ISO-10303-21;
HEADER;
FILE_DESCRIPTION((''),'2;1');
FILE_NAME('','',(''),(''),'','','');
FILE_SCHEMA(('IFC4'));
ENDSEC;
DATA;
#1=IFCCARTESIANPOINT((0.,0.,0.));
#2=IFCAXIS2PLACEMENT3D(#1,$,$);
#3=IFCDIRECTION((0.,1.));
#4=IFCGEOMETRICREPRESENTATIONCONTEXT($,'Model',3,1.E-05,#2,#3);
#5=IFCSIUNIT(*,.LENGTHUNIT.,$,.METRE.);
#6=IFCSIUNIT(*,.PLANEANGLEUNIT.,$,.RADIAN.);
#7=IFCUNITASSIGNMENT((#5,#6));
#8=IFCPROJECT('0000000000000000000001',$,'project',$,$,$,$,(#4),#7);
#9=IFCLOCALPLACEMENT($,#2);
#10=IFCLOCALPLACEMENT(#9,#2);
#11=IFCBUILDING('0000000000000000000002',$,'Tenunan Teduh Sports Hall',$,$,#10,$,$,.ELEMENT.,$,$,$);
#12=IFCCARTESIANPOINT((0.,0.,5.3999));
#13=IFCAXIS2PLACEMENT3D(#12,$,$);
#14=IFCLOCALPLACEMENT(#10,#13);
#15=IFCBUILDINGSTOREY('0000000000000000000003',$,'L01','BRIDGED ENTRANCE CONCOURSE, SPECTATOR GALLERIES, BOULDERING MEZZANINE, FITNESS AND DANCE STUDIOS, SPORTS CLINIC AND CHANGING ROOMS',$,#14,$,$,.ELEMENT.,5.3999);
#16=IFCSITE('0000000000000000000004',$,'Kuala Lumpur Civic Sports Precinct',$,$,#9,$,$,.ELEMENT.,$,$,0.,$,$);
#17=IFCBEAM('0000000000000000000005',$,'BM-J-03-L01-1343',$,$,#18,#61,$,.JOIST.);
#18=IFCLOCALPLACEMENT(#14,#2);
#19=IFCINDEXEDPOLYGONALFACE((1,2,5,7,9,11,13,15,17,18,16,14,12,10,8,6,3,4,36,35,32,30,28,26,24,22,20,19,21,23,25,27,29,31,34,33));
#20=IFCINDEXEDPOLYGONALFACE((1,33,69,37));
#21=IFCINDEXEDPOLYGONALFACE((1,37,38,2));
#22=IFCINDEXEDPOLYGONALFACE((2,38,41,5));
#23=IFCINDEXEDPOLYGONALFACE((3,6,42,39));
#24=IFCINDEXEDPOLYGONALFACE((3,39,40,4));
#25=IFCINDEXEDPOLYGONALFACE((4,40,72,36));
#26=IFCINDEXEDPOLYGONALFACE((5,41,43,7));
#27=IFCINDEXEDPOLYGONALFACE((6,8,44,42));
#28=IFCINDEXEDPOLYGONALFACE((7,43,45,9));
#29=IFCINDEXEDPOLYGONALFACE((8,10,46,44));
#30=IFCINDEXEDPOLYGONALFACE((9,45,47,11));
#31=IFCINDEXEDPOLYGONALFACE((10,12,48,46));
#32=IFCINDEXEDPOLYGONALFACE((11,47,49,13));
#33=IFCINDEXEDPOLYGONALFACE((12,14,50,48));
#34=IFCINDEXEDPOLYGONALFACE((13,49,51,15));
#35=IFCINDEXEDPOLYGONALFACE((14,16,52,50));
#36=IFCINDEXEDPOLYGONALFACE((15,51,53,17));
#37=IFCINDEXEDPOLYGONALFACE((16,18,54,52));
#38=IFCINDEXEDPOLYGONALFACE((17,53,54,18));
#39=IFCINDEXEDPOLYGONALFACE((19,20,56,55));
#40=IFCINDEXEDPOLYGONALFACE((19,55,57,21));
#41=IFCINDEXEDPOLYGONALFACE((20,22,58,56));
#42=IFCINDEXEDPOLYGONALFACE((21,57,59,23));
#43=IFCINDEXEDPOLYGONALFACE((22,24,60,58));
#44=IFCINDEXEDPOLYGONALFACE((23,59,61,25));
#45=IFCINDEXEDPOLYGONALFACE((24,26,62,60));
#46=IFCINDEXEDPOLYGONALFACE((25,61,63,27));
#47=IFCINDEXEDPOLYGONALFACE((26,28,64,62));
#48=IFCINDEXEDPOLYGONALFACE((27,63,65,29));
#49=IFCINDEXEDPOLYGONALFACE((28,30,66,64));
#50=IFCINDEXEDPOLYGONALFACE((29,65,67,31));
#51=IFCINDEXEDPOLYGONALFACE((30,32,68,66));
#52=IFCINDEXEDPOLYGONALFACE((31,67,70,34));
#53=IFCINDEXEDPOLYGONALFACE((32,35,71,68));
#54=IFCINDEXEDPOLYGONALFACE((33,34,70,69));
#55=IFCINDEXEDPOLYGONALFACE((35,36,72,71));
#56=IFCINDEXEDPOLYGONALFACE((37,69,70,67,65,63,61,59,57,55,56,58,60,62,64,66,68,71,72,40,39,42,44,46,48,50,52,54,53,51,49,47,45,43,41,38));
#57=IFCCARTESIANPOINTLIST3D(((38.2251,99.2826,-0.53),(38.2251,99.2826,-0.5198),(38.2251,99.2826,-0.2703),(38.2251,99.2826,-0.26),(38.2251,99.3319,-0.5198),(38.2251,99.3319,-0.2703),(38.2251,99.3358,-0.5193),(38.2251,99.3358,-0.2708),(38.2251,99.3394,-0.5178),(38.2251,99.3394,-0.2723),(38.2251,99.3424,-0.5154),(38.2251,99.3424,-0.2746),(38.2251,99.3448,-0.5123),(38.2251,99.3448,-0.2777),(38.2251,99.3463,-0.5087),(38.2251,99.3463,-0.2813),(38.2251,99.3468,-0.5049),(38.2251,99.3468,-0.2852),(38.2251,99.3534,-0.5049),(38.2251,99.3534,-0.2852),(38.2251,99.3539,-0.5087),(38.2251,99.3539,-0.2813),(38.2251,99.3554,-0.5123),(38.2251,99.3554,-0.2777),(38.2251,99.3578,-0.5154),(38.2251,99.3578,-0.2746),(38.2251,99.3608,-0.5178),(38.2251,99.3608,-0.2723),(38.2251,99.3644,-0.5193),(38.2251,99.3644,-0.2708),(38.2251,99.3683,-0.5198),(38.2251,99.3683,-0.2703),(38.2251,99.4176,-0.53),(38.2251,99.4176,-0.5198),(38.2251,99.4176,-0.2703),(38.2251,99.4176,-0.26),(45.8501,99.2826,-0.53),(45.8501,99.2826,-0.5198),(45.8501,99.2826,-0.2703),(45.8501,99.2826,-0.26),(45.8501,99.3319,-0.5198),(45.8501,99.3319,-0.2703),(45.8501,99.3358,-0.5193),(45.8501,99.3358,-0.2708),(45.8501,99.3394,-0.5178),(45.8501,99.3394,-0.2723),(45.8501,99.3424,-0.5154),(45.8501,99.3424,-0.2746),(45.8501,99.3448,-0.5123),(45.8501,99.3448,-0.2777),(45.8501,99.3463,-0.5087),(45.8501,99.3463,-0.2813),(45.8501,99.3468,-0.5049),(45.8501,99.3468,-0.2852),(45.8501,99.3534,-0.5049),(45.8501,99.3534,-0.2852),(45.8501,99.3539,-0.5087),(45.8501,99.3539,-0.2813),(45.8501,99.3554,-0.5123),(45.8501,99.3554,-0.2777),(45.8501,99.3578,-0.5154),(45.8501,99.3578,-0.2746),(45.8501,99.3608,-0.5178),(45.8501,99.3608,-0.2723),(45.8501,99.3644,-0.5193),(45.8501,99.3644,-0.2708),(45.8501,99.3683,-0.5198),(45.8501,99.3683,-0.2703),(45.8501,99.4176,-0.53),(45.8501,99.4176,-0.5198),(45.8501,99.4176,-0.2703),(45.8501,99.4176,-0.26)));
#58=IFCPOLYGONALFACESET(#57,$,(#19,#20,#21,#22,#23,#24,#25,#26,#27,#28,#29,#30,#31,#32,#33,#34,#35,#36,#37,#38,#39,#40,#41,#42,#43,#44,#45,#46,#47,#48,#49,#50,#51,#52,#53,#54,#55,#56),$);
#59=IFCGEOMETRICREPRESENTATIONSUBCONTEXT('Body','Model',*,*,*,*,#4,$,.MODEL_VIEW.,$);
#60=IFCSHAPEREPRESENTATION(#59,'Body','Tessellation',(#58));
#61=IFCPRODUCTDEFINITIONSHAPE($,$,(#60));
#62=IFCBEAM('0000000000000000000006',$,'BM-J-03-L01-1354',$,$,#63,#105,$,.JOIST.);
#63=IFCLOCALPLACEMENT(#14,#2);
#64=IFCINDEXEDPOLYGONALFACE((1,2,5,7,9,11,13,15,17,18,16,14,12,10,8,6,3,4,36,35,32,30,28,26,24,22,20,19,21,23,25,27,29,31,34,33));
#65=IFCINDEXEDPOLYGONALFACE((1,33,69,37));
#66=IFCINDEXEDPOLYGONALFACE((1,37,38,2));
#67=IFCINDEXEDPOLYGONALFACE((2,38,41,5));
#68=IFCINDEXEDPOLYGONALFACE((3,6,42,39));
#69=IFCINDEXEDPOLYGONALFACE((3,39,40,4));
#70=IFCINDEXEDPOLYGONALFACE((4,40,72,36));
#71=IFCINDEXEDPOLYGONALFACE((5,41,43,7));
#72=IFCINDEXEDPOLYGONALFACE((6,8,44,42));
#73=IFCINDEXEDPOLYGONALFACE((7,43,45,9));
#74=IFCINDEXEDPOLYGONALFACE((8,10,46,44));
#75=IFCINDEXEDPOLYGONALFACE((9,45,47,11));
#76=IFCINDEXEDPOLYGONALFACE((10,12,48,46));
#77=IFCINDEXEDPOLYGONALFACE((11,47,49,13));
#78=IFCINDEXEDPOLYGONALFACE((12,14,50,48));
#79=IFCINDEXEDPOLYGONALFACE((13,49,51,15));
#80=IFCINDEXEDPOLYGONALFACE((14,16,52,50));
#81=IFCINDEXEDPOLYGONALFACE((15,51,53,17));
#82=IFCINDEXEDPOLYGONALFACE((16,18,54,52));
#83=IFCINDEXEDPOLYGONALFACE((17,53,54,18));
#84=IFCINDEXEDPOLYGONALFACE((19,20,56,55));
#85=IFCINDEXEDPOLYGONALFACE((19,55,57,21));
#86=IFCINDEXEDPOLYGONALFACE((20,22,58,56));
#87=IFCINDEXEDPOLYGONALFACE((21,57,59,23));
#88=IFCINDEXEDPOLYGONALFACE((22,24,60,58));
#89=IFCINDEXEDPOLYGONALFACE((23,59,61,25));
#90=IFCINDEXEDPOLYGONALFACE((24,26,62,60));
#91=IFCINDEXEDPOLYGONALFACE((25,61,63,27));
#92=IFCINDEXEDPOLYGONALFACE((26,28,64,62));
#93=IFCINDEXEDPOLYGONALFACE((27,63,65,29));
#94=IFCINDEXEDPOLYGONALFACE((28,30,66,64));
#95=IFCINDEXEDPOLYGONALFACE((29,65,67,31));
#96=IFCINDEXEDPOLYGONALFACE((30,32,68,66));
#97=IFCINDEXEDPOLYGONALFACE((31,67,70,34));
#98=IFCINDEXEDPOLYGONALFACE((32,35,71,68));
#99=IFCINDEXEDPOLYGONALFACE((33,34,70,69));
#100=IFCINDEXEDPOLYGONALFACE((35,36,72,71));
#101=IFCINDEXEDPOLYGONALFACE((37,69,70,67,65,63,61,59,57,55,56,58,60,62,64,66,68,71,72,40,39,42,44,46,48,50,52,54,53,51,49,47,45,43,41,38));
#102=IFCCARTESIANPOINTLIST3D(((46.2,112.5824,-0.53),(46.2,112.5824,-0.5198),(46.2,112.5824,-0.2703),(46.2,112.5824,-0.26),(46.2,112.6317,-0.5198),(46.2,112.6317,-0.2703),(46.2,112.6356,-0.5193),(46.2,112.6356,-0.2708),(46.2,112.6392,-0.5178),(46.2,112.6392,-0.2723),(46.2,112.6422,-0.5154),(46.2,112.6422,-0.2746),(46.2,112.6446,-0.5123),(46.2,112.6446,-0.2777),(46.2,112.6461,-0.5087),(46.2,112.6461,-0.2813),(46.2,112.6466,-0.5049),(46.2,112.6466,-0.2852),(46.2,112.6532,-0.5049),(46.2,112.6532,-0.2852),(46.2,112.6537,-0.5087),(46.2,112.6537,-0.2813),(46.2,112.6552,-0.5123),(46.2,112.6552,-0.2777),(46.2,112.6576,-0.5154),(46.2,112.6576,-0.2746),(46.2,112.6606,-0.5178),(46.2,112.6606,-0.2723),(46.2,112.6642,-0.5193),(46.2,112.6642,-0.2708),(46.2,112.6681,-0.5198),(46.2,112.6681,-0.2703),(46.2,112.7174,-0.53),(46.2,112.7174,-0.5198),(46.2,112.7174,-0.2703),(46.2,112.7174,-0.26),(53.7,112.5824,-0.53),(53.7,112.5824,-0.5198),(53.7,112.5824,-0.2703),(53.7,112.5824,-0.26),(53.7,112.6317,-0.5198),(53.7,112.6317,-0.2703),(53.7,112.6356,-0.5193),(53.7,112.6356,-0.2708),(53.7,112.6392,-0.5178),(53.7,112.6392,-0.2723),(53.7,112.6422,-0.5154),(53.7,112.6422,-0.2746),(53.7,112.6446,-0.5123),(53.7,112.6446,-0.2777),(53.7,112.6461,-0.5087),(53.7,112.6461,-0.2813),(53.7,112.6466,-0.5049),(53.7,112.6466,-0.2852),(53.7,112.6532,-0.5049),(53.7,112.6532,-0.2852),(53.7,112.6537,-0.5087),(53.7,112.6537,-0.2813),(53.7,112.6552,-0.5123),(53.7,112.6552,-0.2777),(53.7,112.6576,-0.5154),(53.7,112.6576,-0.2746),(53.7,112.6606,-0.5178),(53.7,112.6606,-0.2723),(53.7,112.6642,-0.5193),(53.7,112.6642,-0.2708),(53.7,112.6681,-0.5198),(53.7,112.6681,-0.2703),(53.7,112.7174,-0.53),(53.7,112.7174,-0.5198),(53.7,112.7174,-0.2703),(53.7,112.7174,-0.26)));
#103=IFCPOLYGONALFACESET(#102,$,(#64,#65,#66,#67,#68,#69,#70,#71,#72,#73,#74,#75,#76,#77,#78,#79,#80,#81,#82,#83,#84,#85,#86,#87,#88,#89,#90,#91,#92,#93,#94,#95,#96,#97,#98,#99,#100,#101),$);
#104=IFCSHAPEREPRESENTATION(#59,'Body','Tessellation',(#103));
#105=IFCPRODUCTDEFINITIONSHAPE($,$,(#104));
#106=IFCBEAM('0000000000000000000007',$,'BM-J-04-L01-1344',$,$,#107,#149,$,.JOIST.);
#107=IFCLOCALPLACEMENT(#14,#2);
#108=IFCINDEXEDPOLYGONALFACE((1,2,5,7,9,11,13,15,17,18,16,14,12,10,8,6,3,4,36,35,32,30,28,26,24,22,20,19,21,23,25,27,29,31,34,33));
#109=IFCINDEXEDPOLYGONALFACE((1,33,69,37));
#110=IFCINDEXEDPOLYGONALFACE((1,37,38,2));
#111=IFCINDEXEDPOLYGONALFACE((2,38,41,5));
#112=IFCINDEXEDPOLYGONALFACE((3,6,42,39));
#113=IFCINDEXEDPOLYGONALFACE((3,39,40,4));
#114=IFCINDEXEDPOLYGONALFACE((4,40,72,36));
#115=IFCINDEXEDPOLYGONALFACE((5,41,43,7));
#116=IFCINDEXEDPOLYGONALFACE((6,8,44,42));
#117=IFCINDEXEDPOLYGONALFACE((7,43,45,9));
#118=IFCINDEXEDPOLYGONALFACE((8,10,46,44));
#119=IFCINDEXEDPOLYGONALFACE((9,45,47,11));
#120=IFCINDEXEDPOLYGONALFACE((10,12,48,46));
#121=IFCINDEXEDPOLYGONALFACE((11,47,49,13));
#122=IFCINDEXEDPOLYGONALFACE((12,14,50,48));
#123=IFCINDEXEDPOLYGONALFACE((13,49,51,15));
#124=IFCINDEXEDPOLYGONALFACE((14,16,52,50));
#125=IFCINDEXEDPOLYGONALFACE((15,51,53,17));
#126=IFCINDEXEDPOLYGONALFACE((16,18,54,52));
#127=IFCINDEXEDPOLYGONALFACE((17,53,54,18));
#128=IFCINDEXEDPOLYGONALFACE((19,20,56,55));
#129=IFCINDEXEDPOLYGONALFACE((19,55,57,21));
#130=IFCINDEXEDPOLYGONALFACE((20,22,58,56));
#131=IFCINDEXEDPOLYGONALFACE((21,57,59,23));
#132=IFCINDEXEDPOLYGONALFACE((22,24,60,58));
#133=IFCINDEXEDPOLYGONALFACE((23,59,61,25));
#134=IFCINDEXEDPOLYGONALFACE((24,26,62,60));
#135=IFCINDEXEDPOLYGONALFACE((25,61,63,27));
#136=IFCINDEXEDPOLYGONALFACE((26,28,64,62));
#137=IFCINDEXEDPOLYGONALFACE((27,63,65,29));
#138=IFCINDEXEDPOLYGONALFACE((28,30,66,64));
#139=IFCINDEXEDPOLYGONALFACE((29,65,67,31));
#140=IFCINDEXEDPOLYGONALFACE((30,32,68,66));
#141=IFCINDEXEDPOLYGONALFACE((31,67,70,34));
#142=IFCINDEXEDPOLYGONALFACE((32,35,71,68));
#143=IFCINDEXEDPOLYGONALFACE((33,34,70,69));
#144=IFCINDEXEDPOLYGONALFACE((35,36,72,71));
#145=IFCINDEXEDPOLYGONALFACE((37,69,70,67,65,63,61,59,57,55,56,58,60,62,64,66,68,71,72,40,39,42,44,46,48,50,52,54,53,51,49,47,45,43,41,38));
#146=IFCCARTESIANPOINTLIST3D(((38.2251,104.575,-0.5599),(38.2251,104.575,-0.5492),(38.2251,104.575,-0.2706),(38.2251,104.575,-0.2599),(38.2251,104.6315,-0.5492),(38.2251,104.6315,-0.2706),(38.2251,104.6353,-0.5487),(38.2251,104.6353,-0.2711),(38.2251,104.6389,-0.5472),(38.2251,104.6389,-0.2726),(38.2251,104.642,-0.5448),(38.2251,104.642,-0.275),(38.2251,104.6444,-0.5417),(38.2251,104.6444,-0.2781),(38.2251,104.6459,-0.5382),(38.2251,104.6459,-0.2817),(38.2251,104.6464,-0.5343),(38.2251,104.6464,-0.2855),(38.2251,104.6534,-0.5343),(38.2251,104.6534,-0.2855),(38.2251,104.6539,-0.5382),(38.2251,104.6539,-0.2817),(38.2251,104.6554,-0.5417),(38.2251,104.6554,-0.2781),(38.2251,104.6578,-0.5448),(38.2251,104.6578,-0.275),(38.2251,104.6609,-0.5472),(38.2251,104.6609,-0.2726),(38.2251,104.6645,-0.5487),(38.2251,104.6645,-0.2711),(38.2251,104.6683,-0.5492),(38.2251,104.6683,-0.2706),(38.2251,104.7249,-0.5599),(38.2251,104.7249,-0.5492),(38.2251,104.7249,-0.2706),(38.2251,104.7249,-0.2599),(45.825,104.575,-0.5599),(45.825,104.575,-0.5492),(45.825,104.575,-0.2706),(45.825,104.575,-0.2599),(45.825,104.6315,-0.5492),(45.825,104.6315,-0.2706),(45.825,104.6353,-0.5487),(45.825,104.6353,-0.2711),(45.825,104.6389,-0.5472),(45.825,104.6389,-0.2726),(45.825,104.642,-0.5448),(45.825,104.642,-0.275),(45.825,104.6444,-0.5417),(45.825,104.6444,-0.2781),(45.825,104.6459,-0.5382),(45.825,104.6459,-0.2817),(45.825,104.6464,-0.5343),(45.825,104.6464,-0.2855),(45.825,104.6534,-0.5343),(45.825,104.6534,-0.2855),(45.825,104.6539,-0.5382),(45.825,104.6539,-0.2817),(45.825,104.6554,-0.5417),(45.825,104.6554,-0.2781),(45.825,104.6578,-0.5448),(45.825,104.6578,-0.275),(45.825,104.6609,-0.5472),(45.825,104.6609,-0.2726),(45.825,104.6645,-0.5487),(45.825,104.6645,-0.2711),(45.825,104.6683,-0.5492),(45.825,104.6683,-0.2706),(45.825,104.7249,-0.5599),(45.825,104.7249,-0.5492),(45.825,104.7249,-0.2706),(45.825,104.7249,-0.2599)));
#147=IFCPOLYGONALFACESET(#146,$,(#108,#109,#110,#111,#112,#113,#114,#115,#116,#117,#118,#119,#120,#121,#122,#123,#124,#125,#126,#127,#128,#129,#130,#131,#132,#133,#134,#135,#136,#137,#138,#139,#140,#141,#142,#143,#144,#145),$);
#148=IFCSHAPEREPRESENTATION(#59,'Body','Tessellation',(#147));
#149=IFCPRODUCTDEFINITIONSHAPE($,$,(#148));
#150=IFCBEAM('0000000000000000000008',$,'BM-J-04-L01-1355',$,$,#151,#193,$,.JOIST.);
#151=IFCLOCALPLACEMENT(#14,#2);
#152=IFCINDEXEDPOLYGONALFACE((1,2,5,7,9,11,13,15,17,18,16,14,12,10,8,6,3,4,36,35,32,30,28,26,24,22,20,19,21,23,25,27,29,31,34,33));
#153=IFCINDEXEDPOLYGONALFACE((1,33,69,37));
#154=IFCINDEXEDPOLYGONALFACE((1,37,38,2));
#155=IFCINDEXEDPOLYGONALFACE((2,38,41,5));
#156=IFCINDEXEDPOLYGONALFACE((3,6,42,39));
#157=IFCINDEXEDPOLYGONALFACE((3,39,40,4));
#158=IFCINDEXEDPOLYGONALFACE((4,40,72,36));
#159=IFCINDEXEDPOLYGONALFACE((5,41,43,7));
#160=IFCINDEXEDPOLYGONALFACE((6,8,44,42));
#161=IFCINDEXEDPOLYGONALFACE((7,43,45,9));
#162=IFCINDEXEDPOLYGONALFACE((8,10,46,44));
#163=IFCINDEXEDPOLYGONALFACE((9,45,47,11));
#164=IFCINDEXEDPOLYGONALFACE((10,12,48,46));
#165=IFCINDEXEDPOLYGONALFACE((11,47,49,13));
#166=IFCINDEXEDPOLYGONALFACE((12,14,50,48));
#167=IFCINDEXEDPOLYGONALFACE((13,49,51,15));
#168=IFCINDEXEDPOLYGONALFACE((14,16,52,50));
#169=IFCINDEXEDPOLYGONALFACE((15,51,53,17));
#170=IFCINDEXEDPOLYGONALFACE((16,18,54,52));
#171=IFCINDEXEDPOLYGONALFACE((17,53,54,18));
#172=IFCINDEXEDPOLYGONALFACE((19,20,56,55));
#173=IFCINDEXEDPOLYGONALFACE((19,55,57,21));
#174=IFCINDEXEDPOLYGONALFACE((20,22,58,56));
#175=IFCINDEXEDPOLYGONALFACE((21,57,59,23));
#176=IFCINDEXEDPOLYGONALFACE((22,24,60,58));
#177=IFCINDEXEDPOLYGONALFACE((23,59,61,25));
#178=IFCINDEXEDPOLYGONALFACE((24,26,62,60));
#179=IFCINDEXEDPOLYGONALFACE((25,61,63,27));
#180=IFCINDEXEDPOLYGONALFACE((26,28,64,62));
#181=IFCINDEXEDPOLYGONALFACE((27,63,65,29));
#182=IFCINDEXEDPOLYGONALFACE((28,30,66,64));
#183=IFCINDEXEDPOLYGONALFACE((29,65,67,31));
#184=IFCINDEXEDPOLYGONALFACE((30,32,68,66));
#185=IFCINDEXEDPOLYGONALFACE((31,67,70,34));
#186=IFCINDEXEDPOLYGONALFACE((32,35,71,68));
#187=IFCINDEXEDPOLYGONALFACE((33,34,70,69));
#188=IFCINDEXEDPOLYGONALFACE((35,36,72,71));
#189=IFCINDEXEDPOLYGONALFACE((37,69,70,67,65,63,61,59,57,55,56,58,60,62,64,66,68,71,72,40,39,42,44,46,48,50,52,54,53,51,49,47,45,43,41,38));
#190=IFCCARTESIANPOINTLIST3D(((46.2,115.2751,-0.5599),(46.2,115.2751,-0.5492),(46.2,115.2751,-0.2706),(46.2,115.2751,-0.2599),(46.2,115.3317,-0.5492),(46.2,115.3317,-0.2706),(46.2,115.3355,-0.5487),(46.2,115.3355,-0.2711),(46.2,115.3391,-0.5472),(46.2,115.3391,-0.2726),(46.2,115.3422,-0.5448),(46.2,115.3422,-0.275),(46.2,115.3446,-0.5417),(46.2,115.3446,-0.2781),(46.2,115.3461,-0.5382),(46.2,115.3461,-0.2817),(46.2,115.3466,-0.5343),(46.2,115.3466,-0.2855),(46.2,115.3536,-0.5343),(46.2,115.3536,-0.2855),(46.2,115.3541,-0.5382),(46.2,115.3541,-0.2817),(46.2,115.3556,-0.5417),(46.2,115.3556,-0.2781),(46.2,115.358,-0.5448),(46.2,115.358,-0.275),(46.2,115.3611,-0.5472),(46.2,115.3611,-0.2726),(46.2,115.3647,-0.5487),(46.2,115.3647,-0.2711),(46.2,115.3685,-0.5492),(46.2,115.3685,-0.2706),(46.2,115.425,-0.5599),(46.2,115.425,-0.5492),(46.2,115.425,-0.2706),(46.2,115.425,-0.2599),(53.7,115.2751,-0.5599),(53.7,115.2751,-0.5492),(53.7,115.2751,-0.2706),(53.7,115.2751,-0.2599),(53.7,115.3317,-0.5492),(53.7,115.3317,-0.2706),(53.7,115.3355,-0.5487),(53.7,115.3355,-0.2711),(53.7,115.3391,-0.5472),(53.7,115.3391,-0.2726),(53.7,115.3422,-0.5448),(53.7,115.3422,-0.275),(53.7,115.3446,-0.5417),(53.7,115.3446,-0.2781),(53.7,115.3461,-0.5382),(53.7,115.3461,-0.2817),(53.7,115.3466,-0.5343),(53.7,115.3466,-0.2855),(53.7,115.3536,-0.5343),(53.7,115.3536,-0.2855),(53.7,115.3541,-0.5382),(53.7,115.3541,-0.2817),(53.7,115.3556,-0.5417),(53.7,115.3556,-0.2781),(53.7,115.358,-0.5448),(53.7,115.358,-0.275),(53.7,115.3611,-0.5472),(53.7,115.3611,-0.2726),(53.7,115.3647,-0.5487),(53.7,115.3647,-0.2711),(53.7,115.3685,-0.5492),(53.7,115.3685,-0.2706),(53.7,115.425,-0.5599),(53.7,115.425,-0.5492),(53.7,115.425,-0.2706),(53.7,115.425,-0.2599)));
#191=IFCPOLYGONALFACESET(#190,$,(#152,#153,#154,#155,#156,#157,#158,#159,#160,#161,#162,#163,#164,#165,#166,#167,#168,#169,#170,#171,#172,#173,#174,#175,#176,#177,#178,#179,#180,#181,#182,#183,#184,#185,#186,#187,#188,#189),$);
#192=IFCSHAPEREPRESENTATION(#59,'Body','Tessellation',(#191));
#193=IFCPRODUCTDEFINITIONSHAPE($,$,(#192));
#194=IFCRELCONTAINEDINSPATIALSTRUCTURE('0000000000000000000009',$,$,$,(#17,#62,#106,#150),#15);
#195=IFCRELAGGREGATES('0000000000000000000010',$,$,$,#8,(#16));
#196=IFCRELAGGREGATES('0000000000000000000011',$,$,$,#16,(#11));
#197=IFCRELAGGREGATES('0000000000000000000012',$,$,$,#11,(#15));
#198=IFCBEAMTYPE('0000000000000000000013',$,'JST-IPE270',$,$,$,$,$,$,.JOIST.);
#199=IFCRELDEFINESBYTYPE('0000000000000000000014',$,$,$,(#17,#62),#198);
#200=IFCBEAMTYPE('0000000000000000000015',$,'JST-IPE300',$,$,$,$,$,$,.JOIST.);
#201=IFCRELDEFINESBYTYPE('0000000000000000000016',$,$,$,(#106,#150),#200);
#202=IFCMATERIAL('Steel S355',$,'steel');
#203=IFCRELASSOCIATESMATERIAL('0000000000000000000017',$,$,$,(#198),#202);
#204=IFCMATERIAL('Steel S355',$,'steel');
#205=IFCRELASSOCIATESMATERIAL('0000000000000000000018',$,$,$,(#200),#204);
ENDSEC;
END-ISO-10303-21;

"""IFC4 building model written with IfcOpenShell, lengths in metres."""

from ifc_helpers import new_model, si_unit, direction, frame, origin, origin_2d, place, context, subcontext, project, spatial, i_section, extrude, material, material_profile, profile_set, type_object, element, save


model = new_model("IFC4")

# Units and contexts
model_context = context("Model", 3, precision=1e-05, world=origin(), true_north=direction((0.0, 1.0)))
body_context = subcontext(model_context, "Body", "Model", "MODEL_VIEW")
ifc_project = project(units=[si_unit("LENGTHUNIT", "METRE"), si_unit("PLANEANGLEUNIT", "RADIAN")], contexts=[model_context])

# Site, building, storey
site_placement = place(None, origin())
site = spatial("IfcSite", under=ifc_project, at=site_placement, Name="Kuala Lumpur Civic Sports Precinct", CompositionType="ELEMENT", RefElevation=0.0)
building_placement = place(site_placement, origin())
building = spatial("IfcBuilding", under=site, at=building_placement, Name="Tenunan Teduh Sports Hall", CompositionType="ELEMENT")
storey_placement = place(building_placement, frame((0.0, 0.0, 5.3999)))
storey = spatial("IfcBuildingStorey", under=building, at=storey_placement, Name="L01", Description="BRIDGED ENTRANCE CONCOURSE, SPECTATOR GALLERIES, BOULDERING MEZZANINE, FITNESS AND DANCE STUDIOS, SPORTS CLINIC AND CHANGING ROOMS", CompositionType="ELEMENT", Elevation=5.3999)

# Beams
ifc_material_1 = material(Name="Steel S355", Category="steel")
ifc_material_profile_1 = material_profile(ifc_material_1, i_section(OverallWidth=0.135, OverallDepth=0.27, WebThickness=0.0066, FlangeThickness=0.0103, FilletRadius=0.0149, at=origin_2d()), Name="IPE 270")
ifc_profile_set_1 = profile_set([ifc_material_profile_1], Name="Steel S355")
beam_type_1 = type_object("IfcBeamType", Name="JST-IPE270", PredefinedType="JOIST", material=ifc_profile_set_1)
beam_1_placement = place(storey_placement, frame((38.2251, 99.3501, -0.395), z_axis=(1.0, 0.0, 0.0), x_axis=(0.0, 1.0, 0.0)))
element("IfcBeam", 1, at=beam_1_placement, inside=storey, type_object=beam_type_1, Name="BM-J-03-L01-1343", PredefinedType="JOIST", context=body_context, shape_type="SweptSolid", body=[
    extrude(i_section(OverallWidth=0.135, OverallDepth=0.27, WebThickness=0.0066, FlangeThickness=0.0103, FilletRadius=0.0149, at=origin_2d()), origin(), (0.0, 0.0, 1.0), 7.625),
])
beam_2_placement = place(storey_placement, frame((46.2, 112.6499, -0.395), z_axis=(1.0, 0.0, 0.0), x_axis=(0.0, 1.0, 0.0)))
element("IfcBeam", 2, at=beam_2_placement, inside=storey, type_object=beam_type_1, Name="BM-J-03-L01-1354", PredefinedType="JOIST", context=body_context, shape_type="SweptSolid", body=[
    extrude(i_section(OverallWidth=0.135, OverallDepth=0.27, WebThickness=0.0066, FlangeThickness=0.0103, FilletRadius=0.0149, at=origin_2d()), origin(), (0.0, 0.0, 1.0), 7.5),
])
ifc_material_2 = material(Name="Steel S355", Category="steel")
ifc_material_profile_2 = material_profile(ifc_material_2, i_section(OverallWidth=0.1499, OverallDepth=0.3, WebThickness=0.0071, FlangeThickness=0.0107, FilletRadius=0.0149, at=origin_2d()), Name="IPE 300")
ifc_profile_set_2 = profile_set([ifc_material_profile_2], Name="Steel S355")
beam_type_2 = type_object("IfcBeamType", Name="JST-IPE300", PredefinedType="JOIST", material=ifc_profile_set_2)
beam_3_placement = place(storey_placement, frame((38.2251, 104.6499, -0.4099), z_axis=(1.0, 0.0, 0.0), x_axis=(0.0, 1.0, 0.0)))
element("IfcBeam", 3, at=beam_3_placement, inside=storey, type_object=beam_type_2, Name="BM-J-04-L01-1344", PredefinedType="JOIST", context=body_context, shape_type="SweptSolid", body=[
    extrude(i_section(OverallWidth=0.1499, OverallDepth=0.3, WebThickness=0.0071, FlangeThickness=0.0107, FilletRadius=0.0149, at=origin_2d()), origin(), (0.0, 0.0, 1.0), 7.5999),
])
beam_4_placement = place(storey_placement, frame((46.2, 115.3501, -0.4099), z_axis=(1.0, 0.0, 0.0), x_axis=(0.0, 1.0, 0.0)))
element("IfcBeam", 4, at=beam_4_placement, inside=storey, type_object=beam_type_2, Name="BM-J-04-L01-1355", PredefinedType="JOIST", context=body_context, shape_type="SweptSolid", body=[
    extrude(i_section(OverallWidth=0.1499, OverallDepth=0.3, WebThickness=0.0071, FlangeThickness=0.0107, FilletRadius=0.0149, at=origin_2d()), origin(), (0.0, 0.0, 1.0), 7.5),
])

save(model, "model.ifc")
